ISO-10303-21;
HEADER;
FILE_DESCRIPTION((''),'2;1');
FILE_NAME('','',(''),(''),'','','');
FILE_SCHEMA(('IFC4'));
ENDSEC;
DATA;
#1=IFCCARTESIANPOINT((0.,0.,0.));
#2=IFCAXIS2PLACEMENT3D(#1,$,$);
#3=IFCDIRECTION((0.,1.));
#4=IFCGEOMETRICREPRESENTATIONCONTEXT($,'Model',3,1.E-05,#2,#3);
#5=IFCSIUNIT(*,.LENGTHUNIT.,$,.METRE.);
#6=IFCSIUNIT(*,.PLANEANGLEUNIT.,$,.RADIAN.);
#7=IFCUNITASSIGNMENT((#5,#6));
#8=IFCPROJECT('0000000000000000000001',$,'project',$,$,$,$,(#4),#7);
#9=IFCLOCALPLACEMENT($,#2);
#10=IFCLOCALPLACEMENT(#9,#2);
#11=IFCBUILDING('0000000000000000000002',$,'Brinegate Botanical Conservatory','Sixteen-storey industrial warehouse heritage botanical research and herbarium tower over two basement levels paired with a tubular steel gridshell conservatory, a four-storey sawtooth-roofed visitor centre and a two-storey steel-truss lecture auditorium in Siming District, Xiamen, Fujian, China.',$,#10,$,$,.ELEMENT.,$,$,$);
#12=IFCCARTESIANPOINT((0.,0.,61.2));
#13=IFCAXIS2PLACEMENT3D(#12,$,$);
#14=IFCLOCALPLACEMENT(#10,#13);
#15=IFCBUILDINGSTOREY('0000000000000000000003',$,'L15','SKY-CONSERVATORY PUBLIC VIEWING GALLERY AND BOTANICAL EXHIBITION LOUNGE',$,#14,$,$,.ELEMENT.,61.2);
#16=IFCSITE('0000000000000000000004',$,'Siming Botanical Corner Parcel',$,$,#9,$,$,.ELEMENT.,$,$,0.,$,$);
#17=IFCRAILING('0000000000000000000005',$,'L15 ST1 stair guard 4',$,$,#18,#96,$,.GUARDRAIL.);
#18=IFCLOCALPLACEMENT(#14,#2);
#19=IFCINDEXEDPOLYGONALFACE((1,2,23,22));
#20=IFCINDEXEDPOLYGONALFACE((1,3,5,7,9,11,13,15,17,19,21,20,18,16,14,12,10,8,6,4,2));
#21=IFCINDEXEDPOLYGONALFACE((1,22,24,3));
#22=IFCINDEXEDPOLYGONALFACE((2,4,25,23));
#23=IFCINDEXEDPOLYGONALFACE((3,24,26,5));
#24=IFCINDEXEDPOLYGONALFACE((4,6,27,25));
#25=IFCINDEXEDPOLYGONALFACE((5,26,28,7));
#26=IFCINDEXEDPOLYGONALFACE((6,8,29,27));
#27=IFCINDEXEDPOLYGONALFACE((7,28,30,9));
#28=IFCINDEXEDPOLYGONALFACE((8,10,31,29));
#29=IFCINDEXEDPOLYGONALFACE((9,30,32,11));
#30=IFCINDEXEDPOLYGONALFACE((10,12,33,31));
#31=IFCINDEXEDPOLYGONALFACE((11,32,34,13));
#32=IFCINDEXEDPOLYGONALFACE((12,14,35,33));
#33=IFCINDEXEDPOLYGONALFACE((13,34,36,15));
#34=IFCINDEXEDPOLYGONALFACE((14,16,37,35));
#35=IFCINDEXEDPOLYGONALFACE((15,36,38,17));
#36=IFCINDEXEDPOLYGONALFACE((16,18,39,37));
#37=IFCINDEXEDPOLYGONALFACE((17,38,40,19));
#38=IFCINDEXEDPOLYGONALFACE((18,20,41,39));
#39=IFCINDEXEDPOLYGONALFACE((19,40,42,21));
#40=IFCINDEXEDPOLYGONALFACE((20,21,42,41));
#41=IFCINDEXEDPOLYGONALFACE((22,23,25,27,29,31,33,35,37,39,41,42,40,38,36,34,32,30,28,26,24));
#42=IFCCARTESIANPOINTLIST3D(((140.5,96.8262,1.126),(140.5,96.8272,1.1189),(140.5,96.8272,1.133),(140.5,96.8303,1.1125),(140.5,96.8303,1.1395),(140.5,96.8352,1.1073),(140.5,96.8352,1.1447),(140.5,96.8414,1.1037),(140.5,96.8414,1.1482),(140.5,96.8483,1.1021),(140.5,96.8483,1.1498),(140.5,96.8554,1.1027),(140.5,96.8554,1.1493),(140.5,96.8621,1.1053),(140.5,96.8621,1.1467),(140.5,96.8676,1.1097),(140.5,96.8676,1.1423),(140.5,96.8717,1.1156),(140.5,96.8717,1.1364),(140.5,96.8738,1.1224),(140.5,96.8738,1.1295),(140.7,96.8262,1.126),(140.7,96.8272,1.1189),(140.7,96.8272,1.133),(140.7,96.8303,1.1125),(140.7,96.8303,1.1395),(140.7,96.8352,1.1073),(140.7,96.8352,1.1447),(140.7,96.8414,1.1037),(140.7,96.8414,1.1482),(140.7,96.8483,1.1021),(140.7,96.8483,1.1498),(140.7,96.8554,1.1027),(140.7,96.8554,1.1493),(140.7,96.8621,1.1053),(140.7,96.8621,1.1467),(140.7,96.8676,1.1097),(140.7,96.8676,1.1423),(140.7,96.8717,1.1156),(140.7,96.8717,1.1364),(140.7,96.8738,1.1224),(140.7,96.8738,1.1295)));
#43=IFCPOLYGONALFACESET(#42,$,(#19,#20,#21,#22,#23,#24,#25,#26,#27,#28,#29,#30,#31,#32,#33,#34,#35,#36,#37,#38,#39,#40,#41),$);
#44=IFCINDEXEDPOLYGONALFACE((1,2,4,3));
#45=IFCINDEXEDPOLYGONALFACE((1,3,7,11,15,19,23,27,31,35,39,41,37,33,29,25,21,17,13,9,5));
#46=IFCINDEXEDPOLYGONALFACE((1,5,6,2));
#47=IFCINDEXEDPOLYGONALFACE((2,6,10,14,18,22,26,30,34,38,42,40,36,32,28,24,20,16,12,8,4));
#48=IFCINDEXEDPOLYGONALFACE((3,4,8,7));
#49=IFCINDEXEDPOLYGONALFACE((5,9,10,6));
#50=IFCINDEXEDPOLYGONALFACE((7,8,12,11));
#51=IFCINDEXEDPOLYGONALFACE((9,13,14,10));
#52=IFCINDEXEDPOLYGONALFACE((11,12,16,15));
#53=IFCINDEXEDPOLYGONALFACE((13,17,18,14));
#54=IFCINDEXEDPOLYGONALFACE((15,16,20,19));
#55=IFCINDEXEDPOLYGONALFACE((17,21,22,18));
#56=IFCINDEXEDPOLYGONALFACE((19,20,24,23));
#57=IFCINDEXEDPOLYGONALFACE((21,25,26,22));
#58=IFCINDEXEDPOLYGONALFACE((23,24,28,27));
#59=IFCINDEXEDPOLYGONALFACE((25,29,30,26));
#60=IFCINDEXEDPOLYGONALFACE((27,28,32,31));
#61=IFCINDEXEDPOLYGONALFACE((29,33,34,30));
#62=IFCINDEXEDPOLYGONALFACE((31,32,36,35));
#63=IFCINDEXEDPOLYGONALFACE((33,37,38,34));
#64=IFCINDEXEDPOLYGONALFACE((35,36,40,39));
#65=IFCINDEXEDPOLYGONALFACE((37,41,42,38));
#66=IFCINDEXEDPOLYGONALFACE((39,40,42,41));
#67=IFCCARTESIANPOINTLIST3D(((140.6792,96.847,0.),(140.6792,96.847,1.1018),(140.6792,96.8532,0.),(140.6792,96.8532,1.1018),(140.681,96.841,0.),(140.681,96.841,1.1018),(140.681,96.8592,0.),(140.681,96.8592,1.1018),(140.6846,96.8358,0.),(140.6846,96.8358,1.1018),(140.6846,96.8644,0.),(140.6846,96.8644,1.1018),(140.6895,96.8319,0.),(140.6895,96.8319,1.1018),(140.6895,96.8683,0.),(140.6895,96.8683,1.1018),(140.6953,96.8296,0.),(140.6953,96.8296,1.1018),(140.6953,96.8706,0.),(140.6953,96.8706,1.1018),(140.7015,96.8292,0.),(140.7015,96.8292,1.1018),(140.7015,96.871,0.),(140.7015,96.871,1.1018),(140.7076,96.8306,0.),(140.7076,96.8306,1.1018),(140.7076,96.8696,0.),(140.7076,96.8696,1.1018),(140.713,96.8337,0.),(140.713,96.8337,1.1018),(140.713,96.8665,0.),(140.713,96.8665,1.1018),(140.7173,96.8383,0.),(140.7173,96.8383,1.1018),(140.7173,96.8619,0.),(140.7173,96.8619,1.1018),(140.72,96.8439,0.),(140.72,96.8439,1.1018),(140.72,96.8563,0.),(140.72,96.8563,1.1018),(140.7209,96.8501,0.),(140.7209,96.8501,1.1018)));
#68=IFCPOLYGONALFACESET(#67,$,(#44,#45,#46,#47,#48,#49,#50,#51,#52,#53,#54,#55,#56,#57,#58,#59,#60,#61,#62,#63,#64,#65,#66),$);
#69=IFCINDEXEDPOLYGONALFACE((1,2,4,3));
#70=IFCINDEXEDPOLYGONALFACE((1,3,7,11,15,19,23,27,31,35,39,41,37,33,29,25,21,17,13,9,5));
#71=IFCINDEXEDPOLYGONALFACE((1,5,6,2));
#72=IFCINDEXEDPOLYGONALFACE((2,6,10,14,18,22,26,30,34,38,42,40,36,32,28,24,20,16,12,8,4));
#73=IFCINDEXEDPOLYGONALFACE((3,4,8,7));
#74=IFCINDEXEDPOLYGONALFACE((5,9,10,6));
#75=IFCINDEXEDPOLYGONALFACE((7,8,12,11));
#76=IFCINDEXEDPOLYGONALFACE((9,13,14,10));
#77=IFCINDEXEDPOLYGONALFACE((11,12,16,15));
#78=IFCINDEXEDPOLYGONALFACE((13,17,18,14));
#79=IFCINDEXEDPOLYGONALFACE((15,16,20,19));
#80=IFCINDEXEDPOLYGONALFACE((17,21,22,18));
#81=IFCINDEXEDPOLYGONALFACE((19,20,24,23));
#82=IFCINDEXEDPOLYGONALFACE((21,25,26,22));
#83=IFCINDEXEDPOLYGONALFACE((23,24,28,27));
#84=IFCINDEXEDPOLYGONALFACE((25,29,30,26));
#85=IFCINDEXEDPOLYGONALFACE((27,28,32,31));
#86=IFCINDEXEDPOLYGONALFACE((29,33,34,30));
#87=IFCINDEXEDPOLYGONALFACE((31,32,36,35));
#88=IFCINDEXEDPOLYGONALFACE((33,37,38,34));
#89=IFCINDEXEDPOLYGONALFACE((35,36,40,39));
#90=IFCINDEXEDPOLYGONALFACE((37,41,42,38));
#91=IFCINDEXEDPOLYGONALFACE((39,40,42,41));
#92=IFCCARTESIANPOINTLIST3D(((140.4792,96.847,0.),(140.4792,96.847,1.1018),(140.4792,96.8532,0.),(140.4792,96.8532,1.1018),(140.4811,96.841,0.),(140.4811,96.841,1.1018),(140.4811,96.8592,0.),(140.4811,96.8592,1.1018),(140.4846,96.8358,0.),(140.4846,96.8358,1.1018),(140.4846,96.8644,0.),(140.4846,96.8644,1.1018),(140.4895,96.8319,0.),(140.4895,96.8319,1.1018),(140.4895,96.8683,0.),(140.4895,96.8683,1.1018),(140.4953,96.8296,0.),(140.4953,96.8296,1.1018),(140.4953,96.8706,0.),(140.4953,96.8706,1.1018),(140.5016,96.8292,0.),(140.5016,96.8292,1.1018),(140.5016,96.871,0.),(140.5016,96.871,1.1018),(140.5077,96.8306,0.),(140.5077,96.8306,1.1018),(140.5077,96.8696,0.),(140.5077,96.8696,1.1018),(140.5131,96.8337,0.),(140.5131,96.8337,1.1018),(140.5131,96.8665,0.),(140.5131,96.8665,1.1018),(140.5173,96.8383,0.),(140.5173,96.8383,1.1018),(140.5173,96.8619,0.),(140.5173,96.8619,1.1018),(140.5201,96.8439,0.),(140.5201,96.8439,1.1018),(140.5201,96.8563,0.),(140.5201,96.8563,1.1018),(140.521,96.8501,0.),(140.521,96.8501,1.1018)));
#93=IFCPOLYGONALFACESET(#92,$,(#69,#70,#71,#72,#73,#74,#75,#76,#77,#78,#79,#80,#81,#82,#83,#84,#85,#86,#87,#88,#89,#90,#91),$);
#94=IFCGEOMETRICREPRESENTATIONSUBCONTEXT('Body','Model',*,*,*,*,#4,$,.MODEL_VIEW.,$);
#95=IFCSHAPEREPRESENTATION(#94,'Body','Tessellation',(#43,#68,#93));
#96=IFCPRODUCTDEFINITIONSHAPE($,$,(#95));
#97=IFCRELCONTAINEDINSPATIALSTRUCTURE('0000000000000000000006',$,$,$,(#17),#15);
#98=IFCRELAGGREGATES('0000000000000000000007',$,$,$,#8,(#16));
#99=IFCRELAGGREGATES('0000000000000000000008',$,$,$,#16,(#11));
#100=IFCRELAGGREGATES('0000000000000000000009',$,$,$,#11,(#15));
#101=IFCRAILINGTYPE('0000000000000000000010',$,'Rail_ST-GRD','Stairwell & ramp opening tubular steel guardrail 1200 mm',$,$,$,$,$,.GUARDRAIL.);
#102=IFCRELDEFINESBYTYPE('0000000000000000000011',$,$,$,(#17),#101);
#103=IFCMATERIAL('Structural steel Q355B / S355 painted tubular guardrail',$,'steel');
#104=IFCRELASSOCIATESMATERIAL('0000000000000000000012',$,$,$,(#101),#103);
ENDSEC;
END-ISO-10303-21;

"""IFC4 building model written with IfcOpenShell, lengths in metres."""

from ifc_helpers import new_model, si_unit, direction, frame, origin, origin_2d, place, context, subcontext, project, spatial, circle, extrude, material, type_object, element, save


model = new_model("IFC4")

# Units and contexts
model_context = context("Model", 3, precision=1e-05, world=origin(), true_north=direction((0.0, 1.0)))
body_context = subcontext(model_context, "Body", "Model", "MODEL_VIEW")
ifc_project = project(units=[si_unit("LENGTHUNIT", "METRE"), si_unit("PLANEANGLEUNIT", "RADIAN")], contexts=[model_context])

# Site, building, storey
site_placement = place(None, origin())
site = spatial("IfcSite", under=ifc_project, at=site_placement, Name="Siming Botanical Corner Parcel", CompositionType="ELEMENT", RefElevation=0.0)
building_placement = place(site_placement, origin())
building = spatial("IfcBuilding", under=site, at=building_placement, Name="Brinegate Botanical Conservatory", Description="Sixteen-storey industrial warehouse heritage botanical research and herbarium tower over two basement levels paired with a tubular steel gridshell conservatory, a four-storey sawtooth-roofed visitor centre and a two-storey steel-truss lecture auditorium in Siming District, Xiamen, Fujian, China.", CompositionType="ELEMENT")
storey_placement = place(building_placement, frame((0.0, 0.0, 61.2)))
storey = spatial("IfcBuildingStorey", under=building, at=storey_placement, Name="L15", Description="SKY-CONSERVATORY PUBLIC VIEWING GALLERY AND BOTANICAL EXHIBITION LOUNGE", CompositionType="ELEMENT", Elevation=61.2)

# Railing
ifc_material_1 = material(Name="Structural steel Q355B / S355 painted tubular guardrail", Category="steel")
railing_type_1 = type_object("IfcRailingType", Name="Rail_ST-GRD", Description="Stairwell & ramp opening tubular steel guardrail 1200 mm", PredefinedType="GUARDRAIL", material=ifc_material_1)
railing_1_placement = place(storey_placement, frame((140.7, 96.8501, 0.0)))
element("IfcRailing", 1, at=railing_1_placement, inside=storey, type_object=railing_type_1, Name="L15 ST1 stair guard 4", PredefinedType="GUARDRAIL", context=body_context, shape_type="SweptSolid", body=[
    extrude(circle(Radius=0.0239, at=origin_2d()), frame((0.0, 0.0, 1.126), z_axis=(-1.0, 0.0, 0.0), x_axis=(0.0, -1.0, 0.0)), (0.0, 0.0, 1.0), 0.2),
    extrude(circle(Radius=0.021, at=origin_2d()), origin(), (0.0, 0.0, 1.0), 1.1018),
    extrude(circle(Radius=0.021, at=origin_2d()), frame((-0.2, 0.0, 0.0)), (0.0, 0.0, 1.0), 1.1018),
])

save(model, "model.ifc")
